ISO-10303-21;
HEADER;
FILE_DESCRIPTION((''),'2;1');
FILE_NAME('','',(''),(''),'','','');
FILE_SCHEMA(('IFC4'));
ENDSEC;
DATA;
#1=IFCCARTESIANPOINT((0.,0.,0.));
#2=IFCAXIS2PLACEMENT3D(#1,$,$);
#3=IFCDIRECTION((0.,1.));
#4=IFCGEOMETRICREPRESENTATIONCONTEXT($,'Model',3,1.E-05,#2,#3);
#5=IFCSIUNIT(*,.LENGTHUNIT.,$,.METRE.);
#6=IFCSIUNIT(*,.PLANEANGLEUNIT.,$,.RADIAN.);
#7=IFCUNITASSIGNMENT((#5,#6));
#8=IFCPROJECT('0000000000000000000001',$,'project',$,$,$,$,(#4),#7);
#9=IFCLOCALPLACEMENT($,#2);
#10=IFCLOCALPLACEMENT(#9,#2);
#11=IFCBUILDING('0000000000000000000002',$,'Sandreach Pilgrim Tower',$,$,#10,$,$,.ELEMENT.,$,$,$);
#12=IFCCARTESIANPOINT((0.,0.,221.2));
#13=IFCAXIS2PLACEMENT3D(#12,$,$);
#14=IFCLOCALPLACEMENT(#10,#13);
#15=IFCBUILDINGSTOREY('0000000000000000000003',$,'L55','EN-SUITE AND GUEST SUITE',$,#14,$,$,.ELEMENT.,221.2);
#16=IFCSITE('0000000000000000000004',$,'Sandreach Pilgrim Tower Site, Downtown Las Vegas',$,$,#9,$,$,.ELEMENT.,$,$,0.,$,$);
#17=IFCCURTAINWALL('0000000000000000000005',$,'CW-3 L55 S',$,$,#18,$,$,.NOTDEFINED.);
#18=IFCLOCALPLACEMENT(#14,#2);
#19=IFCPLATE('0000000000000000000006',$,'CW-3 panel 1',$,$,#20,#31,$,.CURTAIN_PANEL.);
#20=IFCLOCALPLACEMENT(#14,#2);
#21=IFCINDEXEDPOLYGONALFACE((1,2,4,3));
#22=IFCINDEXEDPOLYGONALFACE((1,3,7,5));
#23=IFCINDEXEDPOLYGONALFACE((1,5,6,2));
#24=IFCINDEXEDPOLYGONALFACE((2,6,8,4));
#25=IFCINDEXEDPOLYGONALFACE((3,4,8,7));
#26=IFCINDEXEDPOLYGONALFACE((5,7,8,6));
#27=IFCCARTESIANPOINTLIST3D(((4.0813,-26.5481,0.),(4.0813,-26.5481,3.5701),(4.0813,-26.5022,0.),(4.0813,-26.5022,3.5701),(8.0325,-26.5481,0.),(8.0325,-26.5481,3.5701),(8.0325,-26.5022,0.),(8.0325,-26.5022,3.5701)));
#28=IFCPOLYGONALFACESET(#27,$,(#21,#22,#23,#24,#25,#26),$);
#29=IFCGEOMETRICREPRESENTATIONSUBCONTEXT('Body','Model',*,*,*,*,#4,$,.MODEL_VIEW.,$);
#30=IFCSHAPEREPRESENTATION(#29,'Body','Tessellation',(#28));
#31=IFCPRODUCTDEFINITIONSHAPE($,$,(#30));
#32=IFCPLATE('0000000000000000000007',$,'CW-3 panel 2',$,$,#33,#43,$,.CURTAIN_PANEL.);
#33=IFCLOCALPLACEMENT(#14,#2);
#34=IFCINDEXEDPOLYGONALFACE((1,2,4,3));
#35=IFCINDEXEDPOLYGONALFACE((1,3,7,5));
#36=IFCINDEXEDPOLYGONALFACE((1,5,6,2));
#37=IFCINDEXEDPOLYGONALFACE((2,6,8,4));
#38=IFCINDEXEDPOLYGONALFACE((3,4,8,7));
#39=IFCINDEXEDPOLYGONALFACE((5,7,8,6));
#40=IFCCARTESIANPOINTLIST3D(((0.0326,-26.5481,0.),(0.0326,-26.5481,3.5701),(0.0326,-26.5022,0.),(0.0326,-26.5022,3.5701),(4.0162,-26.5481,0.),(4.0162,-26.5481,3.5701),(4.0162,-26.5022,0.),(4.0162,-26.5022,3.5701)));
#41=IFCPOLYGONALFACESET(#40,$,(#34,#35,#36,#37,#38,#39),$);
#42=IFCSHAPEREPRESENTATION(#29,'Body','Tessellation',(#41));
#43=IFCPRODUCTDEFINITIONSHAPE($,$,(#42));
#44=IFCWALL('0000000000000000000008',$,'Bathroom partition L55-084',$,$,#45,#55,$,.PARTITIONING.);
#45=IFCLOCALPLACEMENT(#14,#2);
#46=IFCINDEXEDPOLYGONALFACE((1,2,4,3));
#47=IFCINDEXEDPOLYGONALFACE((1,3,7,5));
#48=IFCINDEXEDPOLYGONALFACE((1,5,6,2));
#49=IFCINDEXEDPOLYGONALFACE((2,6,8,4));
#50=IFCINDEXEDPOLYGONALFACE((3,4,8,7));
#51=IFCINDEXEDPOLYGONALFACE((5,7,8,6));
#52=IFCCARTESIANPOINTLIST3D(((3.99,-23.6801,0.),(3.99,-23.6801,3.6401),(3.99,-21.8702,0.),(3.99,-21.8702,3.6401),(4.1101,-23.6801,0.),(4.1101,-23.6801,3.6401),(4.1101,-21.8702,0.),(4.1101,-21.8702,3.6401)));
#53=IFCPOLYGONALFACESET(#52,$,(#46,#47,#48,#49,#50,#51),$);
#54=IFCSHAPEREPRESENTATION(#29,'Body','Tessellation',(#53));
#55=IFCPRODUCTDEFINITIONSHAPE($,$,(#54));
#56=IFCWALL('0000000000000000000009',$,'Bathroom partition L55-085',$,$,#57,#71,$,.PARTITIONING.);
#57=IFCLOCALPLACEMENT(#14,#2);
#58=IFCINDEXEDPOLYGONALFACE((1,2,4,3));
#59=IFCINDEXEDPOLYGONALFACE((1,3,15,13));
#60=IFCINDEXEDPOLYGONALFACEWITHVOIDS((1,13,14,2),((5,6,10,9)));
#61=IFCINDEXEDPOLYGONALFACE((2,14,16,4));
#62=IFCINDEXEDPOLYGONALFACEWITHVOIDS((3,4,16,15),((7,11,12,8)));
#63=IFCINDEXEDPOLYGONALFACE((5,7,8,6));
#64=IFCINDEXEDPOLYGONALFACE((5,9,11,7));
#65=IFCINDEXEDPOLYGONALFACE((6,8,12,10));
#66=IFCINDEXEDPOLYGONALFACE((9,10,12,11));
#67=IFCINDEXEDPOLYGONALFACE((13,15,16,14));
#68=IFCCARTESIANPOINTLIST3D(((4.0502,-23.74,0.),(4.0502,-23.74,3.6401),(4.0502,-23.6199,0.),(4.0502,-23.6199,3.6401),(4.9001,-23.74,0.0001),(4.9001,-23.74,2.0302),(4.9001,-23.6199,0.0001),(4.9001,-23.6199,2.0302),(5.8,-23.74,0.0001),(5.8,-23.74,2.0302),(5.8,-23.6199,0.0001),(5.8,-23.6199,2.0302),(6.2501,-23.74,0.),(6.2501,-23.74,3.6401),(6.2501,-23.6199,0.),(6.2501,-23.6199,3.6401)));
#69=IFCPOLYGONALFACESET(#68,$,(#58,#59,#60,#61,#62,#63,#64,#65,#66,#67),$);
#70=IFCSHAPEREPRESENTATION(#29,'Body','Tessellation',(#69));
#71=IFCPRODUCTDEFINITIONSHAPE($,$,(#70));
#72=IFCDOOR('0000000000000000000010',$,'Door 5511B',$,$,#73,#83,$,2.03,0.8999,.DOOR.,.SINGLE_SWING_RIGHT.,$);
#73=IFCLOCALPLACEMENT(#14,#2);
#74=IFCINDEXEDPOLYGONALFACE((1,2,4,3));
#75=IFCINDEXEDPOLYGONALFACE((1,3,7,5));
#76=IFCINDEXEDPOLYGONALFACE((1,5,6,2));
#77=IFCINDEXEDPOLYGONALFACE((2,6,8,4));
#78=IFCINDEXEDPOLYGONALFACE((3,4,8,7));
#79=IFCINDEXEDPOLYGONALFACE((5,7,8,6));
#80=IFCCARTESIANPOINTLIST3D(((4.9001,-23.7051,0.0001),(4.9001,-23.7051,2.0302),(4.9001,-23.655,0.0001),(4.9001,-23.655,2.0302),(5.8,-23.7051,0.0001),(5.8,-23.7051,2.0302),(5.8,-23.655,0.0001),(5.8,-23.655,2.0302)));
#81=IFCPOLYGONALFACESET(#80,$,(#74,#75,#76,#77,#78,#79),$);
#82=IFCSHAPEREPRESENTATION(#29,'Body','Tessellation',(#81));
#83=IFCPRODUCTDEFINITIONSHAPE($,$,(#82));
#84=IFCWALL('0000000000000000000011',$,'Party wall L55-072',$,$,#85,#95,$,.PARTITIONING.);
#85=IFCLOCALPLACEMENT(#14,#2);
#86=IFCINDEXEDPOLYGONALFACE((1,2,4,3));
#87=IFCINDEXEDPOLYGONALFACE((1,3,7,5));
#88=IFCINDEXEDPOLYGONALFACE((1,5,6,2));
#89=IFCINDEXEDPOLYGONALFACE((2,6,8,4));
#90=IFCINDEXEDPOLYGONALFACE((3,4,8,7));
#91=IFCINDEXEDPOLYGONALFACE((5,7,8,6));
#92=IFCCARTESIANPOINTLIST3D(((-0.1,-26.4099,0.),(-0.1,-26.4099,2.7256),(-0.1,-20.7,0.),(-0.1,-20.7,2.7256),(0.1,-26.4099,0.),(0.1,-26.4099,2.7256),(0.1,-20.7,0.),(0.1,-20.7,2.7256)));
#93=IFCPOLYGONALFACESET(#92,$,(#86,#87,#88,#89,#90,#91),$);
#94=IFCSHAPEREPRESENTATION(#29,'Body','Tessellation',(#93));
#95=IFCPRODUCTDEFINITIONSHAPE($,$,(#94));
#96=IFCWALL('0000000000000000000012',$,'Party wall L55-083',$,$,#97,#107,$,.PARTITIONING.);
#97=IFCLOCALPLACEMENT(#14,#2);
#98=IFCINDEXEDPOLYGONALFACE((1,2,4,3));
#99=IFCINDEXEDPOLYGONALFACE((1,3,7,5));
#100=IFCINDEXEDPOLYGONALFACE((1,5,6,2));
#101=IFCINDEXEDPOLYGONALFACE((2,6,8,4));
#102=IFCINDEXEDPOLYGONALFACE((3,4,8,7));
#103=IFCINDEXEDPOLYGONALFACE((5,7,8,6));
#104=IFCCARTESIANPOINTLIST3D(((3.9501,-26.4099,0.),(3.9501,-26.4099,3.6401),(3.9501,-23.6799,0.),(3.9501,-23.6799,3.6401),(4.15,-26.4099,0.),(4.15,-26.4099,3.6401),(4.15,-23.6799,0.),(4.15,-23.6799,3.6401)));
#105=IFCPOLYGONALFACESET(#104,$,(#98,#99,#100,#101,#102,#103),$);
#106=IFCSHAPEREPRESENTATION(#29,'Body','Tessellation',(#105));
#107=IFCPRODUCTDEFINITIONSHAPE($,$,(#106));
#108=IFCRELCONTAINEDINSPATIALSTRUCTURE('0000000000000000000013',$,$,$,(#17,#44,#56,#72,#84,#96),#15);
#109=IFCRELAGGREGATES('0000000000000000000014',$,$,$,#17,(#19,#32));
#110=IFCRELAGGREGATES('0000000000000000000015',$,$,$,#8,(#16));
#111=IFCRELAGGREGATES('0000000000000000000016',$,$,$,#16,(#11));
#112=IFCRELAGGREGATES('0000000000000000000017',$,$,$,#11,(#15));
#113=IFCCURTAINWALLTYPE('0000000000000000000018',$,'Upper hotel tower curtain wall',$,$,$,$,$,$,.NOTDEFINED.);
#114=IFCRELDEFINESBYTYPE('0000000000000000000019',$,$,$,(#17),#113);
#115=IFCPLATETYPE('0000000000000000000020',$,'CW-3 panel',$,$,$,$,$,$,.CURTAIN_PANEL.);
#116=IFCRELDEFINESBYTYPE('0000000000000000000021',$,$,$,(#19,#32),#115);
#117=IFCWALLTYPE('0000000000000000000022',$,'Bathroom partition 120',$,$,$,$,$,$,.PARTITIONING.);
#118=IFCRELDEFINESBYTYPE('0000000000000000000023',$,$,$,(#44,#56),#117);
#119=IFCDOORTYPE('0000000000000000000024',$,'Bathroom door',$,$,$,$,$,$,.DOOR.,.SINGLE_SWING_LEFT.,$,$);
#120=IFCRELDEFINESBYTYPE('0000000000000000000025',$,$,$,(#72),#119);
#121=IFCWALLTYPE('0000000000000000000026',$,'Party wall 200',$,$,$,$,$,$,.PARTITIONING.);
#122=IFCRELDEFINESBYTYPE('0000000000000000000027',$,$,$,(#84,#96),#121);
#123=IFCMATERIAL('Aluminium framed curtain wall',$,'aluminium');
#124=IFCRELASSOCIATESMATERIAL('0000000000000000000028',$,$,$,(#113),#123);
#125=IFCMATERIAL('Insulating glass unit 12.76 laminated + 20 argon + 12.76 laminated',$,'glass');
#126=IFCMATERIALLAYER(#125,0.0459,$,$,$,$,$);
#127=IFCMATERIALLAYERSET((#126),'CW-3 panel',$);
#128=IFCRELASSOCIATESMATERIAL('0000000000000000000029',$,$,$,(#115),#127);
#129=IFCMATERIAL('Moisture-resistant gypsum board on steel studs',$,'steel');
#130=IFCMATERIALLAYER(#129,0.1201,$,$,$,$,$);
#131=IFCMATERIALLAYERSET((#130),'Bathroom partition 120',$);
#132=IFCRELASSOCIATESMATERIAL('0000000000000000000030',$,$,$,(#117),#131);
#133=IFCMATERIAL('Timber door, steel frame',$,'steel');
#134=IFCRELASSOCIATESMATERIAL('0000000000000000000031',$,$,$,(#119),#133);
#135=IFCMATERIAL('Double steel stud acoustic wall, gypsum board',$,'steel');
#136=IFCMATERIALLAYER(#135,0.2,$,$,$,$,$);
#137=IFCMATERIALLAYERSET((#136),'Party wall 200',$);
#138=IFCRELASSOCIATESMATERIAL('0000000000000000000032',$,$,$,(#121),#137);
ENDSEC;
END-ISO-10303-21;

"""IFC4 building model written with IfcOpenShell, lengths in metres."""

from ifc_helpers import new_model, si_unit, direction, frame, frame_2d, origin, origin_2d, place, context, subcontext, project, spatial, rectangle, extrude, material, layer, layer_set, type_object, element, fill, aggregate, save


model = new_model("IFC4")

# Units and contexts
model_context = context("Model", 3, precision=1e-05, world=origin(), true_north=direction((0.0, 1.0)))
body_context = subcontext(model_context, "Body", "Model", "MODEL_VIEW")
ifc_project = project(units=[si_unit("LENGTHUNIT", "METRE"), si_unit("PLANEANGLEUNIT", "RADIAN")], contexts=[model_context])

# Site, building, storey
site_placement = place(None, origin())
site = spatial("IfcSite", under=ifc_project, at=site_placement, Name="Sandreach Pilgrim Tower Site, Downtown Las Vegas", CompositionType="ELEMENT", RefElevation=0.0)
building_placement = place(site_placement, origin())
building = spatial("IfcBuilding", under=site, at=building_placement, Name="Sandreach Pilgrim Tower", CompositionType="ELEMENT")
storey_placement = place(building_placement, frame((0.0, 0.0, 221.2)))
storey = spatial("IfcBuildingStorey", under=building, at=storey_placement, Name="L55", Description="EN-SUITE AND GUEST SUITE", CompositionType="ELEMENT", Elevation=221.2)

# Curtain wall
ifc_material_1 = material(Name="Aluminium framed curtain wall", Category="aluminium")
curtain_wall_type = type_object("IfcCurtainWallType", Name="Upper hotel tower curtain wall", PredefinedType="NOTDEFINED", material=ifc_material_1)
curtain_wall_placement = place(storey_placement, origin())
curtain_wall = element("IfcCurtainWall", 1, at=curtain_wall_placement, inside=storey, type_object=curtain_wall_type, Name="CW-3 L55 S", PredefinedType="NOTDEFINED")

# Plates
ifc_material_2 = material(Name="Insulating glass unit 12.76 laminated + 20 argon + 12.76 laminated", Category="glass")
ifc_layer_1 = layer(ifc_material_2, 0.0459)
ifc_layer_set_1 = layer_set([ifc_layer_1], Name="CW-3 panel")
plate_type = type_object("IfcPlateType", Name="CW-3 panel", PredefinedType="CURTAIN_PANEL", material=ifc_layer_set_1)
plate_1_placement = place(storey_placement, frame((6.0569, -26.5251, 0.0), z_axis=(0.0, 0.0, 1.0), x_axis=(-1.0, 0.0, 0.0)))
plate_1 = element("IfcPlate", 2, at=plate_1_placement, type_object=plate_type, Name="CW-3 panel 1", PredefinedType="CURTAIN_PANEL", context=body_context, shape_type="SweptSolid", body=[
    extrude(rectangle(XDim=3.9512, YDim=0.0459, at=origin_2d()), origin(), (0.0, 0.0, 1.0), 3.5701),
])
plate_2_placement = place(storey_placement, frame((2.0244, -26.5251, 0.0), z_axis=(0.0, 0.0, 1.0), x_axis=(-1.0, 0.0, 0.0)))
plate_2 = element("IfcPlate", 3, at=plate_2_placement, type_object=plate_type, Name="CW-3 panel 2", PredefinedType="CURTAIN_PANEL", context=body_context, shape_type="SweptSolid", body=[
    extrude(rectangle(XDim=3.9836, YDim=0.0459, at=origin_2d()), origin(), (0.0, 0.0, 1.0), 3.5701),
])
aggregate(curtain_wall, [plate_1, plate_2])

# Wall
ifc_material_3 = material(Name="Moisture-resistant gypsum board on steel studs", Category="steel")
ifc_layer_2 = layer(ifc_material_3, 0.1201)
ifc_layer_set_2 = layer_set([ifc_layer_2], Name="Bathroom partition 120")
wall_type_1 = type_object("IfcWallType", Name="Bathroom partition 120", PredefinedType="PARTITIONING", material=ifc_layer_set_2)
wall_1_placement = place(storey_placement, frame((4.05, -23.6799, 0.0), z_axis=(0.0, 0.0, 1.0), x_axis=(0.0, 1.0, 0.0)))
element("IfcWall", 4, at=wall_1_placement, inside=storey, type_object=wall_type_1, Name="Bathroom partition L55-084", PredefinedType="PARTITIONING", context=body_context, shape_type="SweptSolid", body=[
    extrude(rectangle(XDim=1.8098, YDim=0.1201, at=frame_2d((0.9048, 0.0))), origin(), (0.0, 0.0, 1.0), 3.6401),
])

# Wall, opening, door
wall_2_placement = place(storey_placement, frame((4.05, -23.6799, 0.0), z_axis=(0.0, 0.0, 1.0), x_axis=(1.0, 0.0, 0.0)))
wall_2 = element("IfcWall", 5, at=wall_2_placement, inside=storey, type_object=wall_type_1, Name="Bathroom partition L55-085", PredefinedType="PARTITIONING", context=body_context, shape_type="SweptSolid", body=[
    extrude(rectangle(XDim=2.2, YDim=0.1201, at=frame_2d((1.1001, 0.0))), origin(), (0.0, 0.0, 1.0), 3.6401),
])
opening_placement = place(wall_2_placement, frame((0.8501, 0.0, 0.0)))
opening = element("IfcOpeningElement", 6, at=opening_placement, cuts=wall_2, PredefinedType="OPENING", context=body_context, shape_type="SweptSolid", body=[
    extrude(rectangle(XDim=0.8999, YDim=2.03, at=frame_2d((0.45, 1.0151))), frame((0.0, 0.0601, 0.0), z_axis=(0.0, -1.0, 0.0), x_axis=(1.0, 0.0, 0.0)), (0.0, 0.0, 1.0), 0.1201),
])
ifc_material_4 = material(Name="Timber door, steel frame", Category="steel")
door_type = type_object("IfcDoorType", Name="Bathroom door", OperationType="SINGLE_SWING_LEFT", PredefinedType="DOOR", material=ifc_material_4)
door_placement = place(opening_placement, origin())
door = element("IfcDoor", 7, at=door_placement, inside=storey, type_object=door_type, Name="Door 5511B", OperationType="SINGLE_SWING_RIGHT", OverallHeight=2.03, OverallWidth=0.8999, PredefinedType="DOOR", context=body_context, shape_type="SweptSolid", body=[
    extrude(rectangle(XDim=0.8999, YDim=2.03, at=frame_2d((0.45, 1.0151))), frame((0.0, 0.0249, 0.0), z_axis=(0.0, -1.0, 0.0), x_axis=(1.0, 0.0, 0.0)), (0.0, 0.0, 1.0), 0.05),
])
fill(opening, door)

# Walls
ifc_material_5 = material(Name="Double steel stud acoustic wall, gypsum board", Category="steel")
ifc_layer_3 = layer(ifc_material_5, 0.2)
ifc_layer_set_3 = layer_set([ifc_layer_3], Name="Party wall 200")
wall_type_2 = type_object("IfcWallType", Name="Party wall 200", PredefinedType="PARTITIONING", material=ifc_layer_set_3)
wall_3_placement = place(storey_placement, frame((0.0, -26.4099, 0.0), z_axis=(0.0, 0.0, 1.0), x_axis=(0.0, 1.0, 0.0)))
element("IfcWall", 8, at=wall_3_placement, inside=storey, type_object=wall_type_2, Name="Party wall L55-072", PredefinedType="PARTITIONING", context=body_context, shape_type="SweptSolid", body=[
    extrude(rectangle(XDim=5.71, YDim=0.2, at=frame_2d((2.855, 0.0))), origin(), (0.0, 0.0, 1.0), 2.7256),
])
wall_4_placement = place(storey_placement, frame((4.05, -26.4099, 0.0), z_axis=(0.0, 0.0, 1.0), x_axis=(0.0, 1.0, 0.0)))
element("IfcWall", 9, at=wall_4_placement, inside=storey, type_object=wall_type_2, Name="Party wall L55-083", PredefinedType="PARTITIONING", context=body_context, shape_type="SweptSolid", body=[
    extrude(rectangle(XDim=2.73, YDim=0.2, at=frame_2d((1.365, 0.0))), origin(), (0.0, 0.0, 1.0), 3.6401),
])

save(model, "model.ifc")
